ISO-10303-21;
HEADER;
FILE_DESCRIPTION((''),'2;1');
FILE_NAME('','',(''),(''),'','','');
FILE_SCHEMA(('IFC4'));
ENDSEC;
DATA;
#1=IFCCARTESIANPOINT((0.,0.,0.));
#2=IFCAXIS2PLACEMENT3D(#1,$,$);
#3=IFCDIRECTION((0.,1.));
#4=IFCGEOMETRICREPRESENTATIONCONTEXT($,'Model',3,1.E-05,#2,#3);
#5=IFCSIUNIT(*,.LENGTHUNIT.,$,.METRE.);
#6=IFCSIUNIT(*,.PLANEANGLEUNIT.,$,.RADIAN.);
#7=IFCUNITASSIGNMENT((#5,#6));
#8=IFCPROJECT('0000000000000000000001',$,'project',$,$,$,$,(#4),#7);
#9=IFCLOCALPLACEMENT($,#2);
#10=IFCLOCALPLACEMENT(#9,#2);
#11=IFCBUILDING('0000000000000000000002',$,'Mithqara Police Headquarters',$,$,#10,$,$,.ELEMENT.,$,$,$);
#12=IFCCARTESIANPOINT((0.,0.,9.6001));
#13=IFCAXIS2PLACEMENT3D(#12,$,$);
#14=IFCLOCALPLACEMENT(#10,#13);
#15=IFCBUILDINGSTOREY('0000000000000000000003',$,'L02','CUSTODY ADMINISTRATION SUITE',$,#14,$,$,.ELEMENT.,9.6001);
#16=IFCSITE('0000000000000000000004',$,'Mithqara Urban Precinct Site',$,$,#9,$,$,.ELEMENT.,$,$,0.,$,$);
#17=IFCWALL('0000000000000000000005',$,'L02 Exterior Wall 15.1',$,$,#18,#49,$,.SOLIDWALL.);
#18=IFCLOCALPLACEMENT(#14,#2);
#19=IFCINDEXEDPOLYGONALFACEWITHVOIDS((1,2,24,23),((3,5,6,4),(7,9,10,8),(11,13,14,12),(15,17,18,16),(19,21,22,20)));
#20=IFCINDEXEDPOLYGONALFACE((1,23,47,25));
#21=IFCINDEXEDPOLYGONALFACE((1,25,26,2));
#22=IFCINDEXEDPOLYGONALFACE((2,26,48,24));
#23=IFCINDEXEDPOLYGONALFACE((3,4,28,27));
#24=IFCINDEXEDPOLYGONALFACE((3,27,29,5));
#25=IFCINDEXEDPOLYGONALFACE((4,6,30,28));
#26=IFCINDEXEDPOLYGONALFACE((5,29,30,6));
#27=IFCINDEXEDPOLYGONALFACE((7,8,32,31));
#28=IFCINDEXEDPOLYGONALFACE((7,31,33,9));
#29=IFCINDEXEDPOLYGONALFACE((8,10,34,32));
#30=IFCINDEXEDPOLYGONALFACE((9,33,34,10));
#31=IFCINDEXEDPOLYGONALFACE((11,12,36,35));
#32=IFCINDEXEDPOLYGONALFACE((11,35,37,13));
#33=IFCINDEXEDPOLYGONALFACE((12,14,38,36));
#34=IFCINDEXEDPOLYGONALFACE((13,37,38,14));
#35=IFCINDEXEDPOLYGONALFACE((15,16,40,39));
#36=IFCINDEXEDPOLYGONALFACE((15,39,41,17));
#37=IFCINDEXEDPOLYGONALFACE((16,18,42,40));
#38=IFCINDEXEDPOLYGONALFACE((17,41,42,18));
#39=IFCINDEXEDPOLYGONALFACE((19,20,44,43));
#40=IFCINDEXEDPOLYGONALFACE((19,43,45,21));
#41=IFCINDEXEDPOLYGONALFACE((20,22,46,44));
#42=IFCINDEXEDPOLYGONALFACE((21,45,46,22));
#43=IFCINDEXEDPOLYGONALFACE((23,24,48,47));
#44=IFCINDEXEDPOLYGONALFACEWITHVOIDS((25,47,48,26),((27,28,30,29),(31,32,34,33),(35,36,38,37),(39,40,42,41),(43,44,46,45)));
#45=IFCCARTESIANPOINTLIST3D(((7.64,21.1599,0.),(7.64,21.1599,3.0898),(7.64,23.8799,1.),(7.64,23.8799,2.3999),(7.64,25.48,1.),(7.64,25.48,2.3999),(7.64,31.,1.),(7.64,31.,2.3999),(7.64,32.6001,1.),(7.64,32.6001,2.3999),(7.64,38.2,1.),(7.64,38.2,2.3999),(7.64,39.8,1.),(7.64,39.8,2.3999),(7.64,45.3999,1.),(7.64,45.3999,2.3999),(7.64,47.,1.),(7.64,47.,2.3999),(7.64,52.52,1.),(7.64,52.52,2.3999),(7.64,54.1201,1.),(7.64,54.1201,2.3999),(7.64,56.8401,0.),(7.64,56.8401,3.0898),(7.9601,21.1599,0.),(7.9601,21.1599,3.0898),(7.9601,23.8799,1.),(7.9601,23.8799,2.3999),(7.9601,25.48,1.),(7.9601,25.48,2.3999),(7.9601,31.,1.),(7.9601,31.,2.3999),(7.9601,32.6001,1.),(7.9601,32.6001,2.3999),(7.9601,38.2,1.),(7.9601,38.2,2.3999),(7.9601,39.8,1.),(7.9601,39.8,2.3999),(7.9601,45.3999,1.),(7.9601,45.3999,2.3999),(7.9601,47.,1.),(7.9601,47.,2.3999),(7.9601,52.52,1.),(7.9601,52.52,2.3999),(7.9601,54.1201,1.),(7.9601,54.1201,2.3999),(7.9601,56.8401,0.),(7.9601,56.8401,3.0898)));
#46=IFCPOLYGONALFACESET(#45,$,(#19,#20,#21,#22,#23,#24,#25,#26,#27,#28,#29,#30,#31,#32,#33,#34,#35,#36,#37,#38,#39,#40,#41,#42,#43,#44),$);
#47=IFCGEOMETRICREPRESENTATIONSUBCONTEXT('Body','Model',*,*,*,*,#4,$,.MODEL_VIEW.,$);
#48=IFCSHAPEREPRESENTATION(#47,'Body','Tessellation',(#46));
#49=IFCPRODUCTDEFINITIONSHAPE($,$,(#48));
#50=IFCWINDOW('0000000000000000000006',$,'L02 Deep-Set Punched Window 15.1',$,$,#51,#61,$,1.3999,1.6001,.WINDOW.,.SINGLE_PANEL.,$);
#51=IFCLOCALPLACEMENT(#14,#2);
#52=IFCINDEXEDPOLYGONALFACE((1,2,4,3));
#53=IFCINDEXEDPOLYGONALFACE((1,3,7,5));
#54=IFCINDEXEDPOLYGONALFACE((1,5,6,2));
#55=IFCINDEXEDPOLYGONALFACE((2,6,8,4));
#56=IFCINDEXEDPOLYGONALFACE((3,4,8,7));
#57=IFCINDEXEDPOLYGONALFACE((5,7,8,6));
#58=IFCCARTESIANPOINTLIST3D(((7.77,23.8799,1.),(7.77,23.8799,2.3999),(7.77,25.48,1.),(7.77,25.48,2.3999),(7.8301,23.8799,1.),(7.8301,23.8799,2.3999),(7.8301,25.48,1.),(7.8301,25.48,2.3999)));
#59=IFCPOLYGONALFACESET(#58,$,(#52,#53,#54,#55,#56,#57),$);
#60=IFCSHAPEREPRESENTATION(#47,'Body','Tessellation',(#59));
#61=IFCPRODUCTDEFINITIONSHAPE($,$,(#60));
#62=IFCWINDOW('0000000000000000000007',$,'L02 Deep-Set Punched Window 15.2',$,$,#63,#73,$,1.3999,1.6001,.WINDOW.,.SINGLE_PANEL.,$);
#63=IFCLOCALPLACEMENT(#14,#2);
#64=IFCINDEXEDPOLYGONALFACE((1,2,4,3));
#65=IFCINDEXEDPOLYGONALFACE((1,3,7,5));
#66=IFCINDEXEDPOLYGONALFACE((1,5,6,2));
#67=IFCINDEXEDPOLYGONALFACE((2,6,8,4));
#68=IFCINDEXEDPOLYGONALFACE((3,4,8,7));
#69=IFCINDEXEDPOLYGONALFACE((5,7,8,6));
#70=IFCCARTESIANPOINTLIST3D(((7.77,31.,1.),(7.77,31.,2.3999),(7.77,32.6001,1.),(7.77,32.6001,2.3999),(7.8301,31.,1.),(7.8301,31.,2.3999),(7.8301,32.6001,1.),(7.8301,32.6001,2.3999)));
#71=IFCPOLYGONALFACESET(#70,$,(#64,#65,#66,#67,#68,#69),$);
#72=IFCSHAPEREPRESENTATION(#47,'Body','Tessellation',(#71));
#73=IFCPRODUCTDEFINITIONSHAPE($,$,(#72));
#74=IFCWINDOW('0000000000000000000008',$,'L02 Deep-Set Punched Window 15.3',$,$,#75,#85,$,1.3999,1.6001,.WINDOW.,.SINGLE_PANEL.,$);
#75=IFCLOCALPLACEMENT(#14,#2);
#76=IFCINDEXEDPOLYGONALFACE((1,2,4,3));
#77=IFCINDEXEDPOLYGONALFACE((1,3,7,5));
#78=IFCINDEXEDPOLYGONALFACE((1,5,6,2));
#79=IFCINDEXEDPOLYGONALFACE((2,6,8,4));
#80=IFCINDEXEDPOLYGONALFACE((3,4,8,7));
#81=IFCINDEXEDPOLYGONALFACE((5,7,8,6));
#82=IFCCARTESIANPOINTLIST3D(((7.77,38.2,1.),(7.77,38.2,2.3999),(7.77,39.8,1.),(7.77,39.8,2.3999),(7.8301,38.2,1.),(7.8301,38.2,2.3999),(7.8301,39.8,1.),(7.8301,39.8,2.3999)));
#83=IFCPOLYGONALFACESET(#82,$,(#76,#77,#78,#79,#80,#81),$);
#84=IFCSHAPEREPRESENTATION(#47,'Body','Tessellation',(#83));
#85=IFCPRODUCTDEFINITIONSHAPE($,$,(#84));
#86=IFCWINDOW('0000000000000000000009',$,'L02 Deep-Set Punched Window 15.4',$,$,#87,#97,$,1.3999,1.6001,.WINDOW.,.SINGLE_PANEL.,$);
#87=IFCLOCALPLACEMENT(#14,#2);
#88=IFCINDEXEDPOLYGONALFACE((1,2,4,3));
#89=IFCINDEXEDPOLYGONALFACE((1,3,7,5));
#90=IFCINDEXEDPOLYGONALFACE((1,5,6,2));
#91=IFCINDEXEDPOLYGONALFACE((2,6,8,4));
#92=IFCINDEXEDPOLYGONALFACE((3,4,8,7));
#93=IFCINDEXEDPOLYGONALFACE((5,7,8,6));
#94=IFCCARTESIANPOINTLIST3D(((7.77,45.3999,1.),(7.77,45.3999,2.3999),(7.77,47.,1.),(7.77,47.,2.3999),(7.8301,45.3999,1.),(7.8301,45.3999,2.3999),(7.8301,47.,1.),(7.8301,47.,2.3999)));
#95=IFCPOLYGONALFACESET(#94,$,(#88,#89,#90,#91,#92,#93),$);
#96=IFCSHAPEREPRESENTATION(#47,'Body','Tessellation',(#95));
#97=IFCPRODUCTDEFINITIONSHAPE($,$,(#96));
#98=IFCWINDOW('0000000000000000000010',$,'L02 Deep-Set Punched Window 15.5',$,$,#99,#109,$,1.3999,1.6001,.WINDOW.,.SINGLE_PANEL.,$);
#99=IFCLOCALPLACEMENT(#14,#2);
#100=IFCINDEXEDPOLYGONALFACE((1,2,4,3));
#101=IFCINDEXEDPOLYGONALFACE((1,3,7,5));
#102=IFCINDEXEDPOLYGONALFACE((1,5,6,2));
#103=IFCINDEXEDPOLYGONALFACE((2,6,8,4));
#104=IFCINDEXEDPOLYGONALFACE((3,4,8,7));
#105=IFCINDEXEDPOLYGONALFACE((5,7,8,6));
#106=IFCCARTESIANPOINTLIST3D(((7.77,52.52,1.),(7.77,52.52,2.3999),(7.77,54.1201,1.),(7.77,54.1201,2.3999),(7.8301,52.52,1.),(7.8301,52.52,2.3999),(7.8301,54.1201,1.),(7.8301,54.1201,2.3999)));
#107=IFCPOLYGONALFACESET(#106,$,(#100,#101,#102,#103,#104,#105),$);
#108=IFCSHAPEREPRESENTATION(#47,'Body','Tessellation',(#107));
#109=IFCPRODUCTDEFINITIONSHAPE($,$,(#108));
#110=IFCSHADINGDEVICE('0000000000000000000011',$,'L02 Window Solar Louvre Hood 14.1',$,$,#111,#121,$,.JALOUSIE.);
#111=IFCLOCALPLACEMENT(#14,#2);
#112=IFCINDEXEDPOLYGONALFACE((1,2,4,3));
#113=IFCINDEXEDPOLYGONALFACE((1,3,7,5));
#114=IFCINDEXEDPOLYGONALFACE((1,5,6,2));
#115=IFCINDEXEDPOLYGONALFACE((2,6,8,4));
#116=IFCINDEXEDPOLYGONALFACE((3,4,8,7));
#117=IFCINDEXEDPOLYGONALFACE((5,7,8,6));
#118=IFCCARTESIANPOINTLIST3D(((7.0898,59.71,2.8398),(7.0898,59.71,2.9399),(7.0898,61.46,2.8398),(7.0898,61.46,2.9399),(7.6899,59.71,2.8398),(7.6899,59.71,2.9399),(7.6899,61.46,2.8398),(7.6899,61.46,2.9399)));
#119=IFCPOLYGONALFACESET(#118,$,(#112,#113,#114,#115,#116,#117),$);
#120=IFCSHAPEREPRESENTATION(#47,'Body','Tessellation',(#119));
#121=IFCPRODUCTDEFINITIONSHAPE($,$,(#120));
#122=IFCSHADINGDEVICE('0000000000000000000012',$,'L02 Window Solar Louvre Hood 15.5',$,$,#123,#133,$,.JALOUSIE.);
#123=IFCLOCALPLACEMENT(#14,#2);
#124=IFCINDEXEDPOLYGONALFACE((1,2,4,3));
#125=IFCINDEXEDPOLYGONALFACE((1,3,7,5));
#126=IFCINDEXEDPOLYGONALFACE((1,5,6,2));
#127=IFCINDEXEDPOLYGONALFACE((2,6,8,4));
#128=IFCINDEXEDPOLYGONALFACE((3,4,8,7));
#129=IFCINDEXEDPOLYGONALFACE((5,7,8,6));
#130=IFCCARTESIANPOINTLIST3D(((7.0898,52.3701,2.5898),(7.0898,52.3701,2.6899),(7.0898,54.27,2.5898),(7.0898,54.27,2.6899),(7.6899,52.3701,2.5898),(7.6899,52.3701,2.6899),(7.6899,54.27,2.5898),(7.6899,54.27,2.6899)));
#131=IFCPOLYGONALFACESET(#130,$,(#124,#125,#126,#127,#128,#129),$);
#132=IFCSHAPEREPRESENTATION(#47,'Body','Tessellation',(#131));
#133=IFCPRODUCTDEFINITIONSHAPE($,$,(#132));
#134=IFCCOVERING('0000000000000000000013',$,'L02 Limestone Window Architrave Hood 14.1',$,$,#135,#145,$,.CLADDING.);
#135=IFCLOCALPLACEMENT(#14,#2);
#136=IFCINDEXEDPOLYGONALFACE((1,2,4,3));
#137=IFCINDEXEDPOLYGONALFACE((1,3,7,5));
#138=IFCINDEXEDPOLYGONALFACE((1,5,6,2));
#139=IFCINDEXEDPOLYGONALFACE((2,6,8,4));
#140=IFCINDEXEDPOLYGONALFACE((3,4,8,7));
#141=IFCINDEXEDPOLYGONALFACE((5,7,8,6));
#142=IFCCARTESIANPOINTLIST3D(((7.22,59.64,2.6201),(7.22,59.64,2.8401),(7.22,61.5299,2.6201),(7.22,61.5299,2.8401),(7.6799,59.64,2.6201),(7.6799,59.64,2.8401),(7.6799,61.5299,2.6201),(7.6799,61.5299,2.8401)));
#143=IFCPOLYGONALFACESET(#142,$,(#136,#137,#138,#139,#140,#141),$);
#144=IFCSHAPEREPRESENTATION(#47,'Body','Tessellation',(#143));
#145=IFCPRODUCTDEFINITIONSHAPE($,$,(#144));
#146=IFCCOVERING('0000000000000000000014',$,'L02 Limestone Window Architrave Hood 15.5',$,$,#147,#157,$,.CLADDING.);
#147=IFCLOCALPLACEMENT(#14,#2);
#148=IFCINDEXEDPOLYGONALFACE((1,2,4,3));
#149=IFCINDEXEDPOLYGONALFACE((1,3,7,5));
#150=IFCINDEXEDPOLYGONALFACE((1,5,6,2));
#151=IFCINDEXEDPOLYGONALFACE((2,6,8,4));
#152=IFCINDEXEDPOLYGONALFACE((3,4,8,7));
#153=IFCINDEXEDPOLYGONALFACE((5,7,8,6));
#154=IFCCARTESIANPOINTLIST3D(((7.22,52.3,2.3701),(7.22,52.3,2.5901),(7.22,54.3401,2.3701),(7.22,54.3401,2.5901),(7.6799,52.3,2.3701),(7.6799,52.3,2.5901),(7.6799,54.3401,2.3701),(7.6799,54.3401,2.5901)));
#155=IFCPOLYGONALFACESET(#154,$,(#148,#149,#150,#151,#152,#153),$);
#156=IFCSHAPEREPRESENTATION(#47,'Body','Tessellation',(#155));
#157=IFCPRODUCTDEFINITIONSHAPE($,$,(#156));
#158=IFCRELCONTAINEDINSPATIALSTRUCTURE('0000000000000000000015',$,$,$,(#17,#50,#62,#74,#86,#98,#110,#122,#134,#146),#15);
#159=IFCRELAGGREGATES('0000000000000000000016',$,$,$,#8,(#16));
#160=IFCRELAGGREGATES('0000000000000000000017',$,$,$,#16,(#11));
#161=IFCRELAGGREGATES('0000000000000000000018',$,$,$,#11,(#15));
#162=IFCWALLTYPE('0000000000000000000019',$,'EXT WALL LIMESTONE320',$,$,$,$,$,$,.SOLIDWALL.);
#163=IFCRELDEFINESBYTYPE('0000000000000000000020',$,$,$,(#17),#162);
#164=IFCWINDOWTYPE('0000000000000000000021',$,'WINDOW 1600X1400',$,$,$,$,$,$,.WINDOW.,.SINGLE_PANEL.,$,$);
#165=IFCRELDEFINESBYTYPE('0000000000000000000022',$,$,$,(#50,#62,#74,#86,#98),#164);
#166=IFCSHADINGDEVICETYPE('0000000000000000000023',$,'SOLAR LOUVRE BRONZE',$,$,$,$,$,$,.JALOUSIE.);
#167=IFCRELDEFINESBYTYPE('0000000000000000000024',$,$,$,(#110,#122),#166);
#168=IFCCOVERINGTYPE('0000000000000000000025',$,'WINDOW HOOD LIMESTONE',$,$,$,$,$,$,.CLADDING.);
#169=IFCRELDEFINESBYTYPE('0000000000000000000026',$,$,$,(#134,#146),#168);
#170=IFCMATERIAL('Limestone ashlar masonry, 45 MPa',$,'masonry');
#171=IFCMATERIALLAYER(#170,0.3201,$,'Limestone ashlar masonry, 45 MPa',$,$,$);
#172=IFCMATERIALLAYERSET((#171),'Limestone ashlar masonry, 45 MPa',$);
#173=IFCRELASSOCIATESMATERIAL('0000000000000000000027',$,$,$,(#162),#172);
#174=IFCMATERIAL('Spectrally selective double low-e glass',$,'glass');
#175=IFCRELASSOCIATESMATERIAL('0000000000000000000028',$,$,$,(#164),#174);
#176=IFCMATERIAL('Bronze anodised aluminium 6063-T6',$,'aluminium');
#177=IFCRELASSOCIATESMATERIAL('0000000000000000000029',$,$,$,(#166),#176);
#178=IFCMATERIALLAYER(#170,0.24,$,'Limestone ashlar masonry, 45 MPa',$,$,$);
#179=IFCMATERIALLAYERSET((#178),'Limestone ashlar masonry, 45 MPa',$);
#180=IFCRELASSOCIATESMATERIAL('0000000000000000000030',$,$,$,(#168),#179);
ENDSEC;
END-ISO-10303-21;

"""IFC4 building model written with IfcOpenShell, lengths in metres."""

from ifc_helpers import new_model, si_unit, direction, frame, frame_2d, origin, origin_2d, place, context, subcontext, project, spatial, rectangle, extrude, material, layer, layer_set, type_object, element, fill, save


model = new_model("IFC4")

# Units and contexts
model_context = context("Model", 3, precision=1e-05, world=origin(), true_north=direction((0.0, 1.0)))
body_context = subcontext(model_context, "Body", "Model", "MODEL_VIEW")
ifc_project = project(units=[si_unit("LENGTHUNIT", "METRE"), si_unit("PLANEANGLEUNIT", "RADIAN")], contexts=[model_context])

# Site, building, storey
site_placement = place(None, origin())
site = spatial("IfcSite", under=ifc_project, at=site_placement, Name="Mithqara Urban Precinct Site", CompositionType="ELEMENT", RefElevation=0.0)
building_placement = place(site_placement, origin())
building = spatial("IfcBuilding", under=site, at=building_placement, Name="Mithqara Police Headquarters", CompositionType="ELEMENT")
storey_placement = place(building_placement, frame((0.0, 0.0, 9.6001)))
storey = spatial("IfcBuildingStorey", under=building, at=storey_placement, Name="L02", Description="CUSTODY ADMINISTRATION SUITE", CompositionType="ELEMENT", Elevation=9.6001)

# Shared definitions
ifc_material_1 = material(Name="Bronze anodised aluminium 6063-T6", Category="aluminium")
ifc_material_2 = material(Name="Spectrally selective double low-e glass", Category="glass")

# Wall, openings, windows
ifc_material_3 = material(Name="Limestone ashlar masonry, 45 MPa", Category="masonry")
ifc_layer_1 = layer(ifc_material_3, 0.3201, Name="Limestone ashlar masonry, 45 MPa")
ifc_layer_set_1 = layer_set([ifc_layer_1], Name="Limestone ashlar masonry, 45 MPa")
wall_type = type_object("IfcWallType", Name="EXT WALL LIMESTONE320", PredefinedType="SOLIDWALL", material=ifc_layer_set_1)
wall_placement = place(storey_placement, frame((7.8, 56.8401, 0.0), z_axis=(0.0, 0.0, 1.0), x_axis=(0.0, -1.0, 0.0)))
wall = element("IfcWall", 1, at=wall_placement, inside=storey, type_object=wall_type, Name="L02 Exterior Wall 15.1", PredefinedType="SOLIDWALL", context=body_context, shape_type="SweptSolid", body=[
    extrude(rectangle(XDim=35.6802, YDim=0.3201, at=frame_2d((17.8401, 0.0))), origin(), (0.0, 0.0, 1.0), 3.0898),
])
opening_1_placement = place(wall_placement, frame((31.3601, 0.0, 1.0)))
opening_1 = element("IfcOpeningElement", 2, at=opening_1_placement, cuts=wall, PredefinedType="OPENING", context=body_context, shape_type="SweptSolid", body=[
    extrude(rectangle(XDim=1.6001, YDim=1.3999, at=frame_2d((0.8, 0.7))), frame((0.0, 0.1699, 0.0), z_axis=(0.0, -1.0, 0.0), x_axis=(1.0, 0.0, 0.0)), (0.0, 0.0, 1.0), 0.3401),
])
opening_2_placement = place(wall_placement, frame((24.24, 0.0, 1.0)))
opening_2 = element("IfcOpeningElement", 3, at=opening_2_placement, cuts=wall, PredefinedType="OPENING", context=body_context, shape_type="SweptSolid", body=[
    extrude(rectangle(XDim=1.6001, YDim=1.3999, at=frame_2d((0.8, 0.7))), frame((0.0, 0.1699, 0.0), z_axis=(0.0, -1.0, 0.0), x_axis=(1.0, 0.0, 0.0)), (0.0, 0.0, 1.0), 0.3401),
])
opening_3_placement = place(wall_placement, frame((17.04, 0.0, 1.0)))
opening_3 = element("IfcOpeningElement", 4, at=opening_3_placement, cuts=wall, PredefinedType="OPENING", context=body_context, shape_type="SweptSolid", body=[
    extrude(rectangle(XDim=1.6001, YDim=1.3999, at=frame_2d((0.8, 0.7))), frame((0.0, 0.1699, 0.0), z_axis=(0.0, -1.0, 0.0), x_axis=(1.0, 0.0, 0.0)), (0.0, 0.0, 1.0), 0.3401),
])
opening_4_placement = place(wall_placement, frame((9.8401, 0.0, 1.0)))
opening_4 = element("IfcOpeningElement", 5, at=opening_4_placement, cuts=wall, PredefinedType="OPENING", context=body_context, shape_type="SweptSolid", body=[
    extrude(rectangle(XDim=1.6001, YDim=1.3999, at=frame_2d((0.8, 0.7))), frame((0.0, 0.1699, 0.0), z_axis=(0.0, -1.0, 0.0), x_axis=(1.0, 0.0, 0.0)), (0.0, 0.0, 1.0), 0.3401),
])
opening_5_placement = place(wall_placement, frame((2.72, 0.0, 1.0)))
opening_5 = element("IfcOpeningElement", 6, at=opening_5_placement, cuts=wall, PredefinedType="OPENING", context=body_context, shape_type="SweptSolid", body=[
    extrude(rectangle(XDim=1.6001, YDim=1.3999, at=frame_2d((0.8, 0.7))), frame((0.0, 0.1699, 0.0), z_axis=(0.0, -1.0, 0.0), x_axis=(1.0, 0.0, 0.0)), (0.0, 0.0, 1.0), 0.3401),
])
window_type = type_object("IfcWindowType", Name="WINDOW 1600X1400", PartitioningType="SINGLE_PANEL", PredefinedType="WINDOW", material=ifc_material_2)
window_1_placement = place(opening_1_placement, origin())
window_1 = element("IfcWindow", 7, at=window_1_placement, inside=storey, type_object=window_type, Name="L02 Deep-Set Punched Window 15.1", OverallHeight=1.3999, OverallWidth=1.6001, PartitioningType="SINGLE_PANEL", PredefinedType="WINDOW", context=body_context, shape_type="SweptSolid", body=[
    extrude(rectangle(XDim=1.6001, YDim=1.3999, at=frame_2d((0.8, 0.7))), frame((0.0, 0.03, 0.0), z_axis=(0.0, -1.0, 0.0), x_axis=(1.0, 0.0, 0.0)), (0.0, 0.0, 1.0), 0.0601),
])
fill(opening_1, window_1)
window_2_placement = place(opening_2_placement, origin())
window_2 = element("IfcWindow", 8, at=window_2_placement, inside=storey, type_object=window_type, Name="L02 Deep-Set Punched Window 15.2", OverallHeight=1.3999, OverallWidth=1.6001, PartitioningType="SINGLE_PANEL", PredefinedType="WINDOW", context=body_context, shape_type="SweptSolid", body=[
    extrude(rectangle(XDim=1.6001, YDim=1.3999, at=frame_2d((0.8, 0.7))), frame((0.0, 0.03, 0.0), z_axis=(0.0, -1.0, 0.0), x_axis=(1.0, 0.0, 0.0)), (0.0, 0.0, 1.0), 0.0601),
])
fill(opening_2, window_2)
window_3_placement = place(opening_3_placement, origin())
window_3 = element("IfcWindow", 9, at=window_3_placement, inside=storey, type_object=window_type, Name="L02 Deep-Set Punched Window 15.3", OverallHeight=1.3999, OverallWidth=1.6001, PartitioningType="SINGLE_PANEL", PredefinedType="WINDOW", context=body_context, shape_type="SweptSolid", body=[
    extrude(rectangle(XDim=1.6001, YDim=1.3999, at=frame_2d((0.8, 0.7))), frame((0.0, 0.03, 0.0), z_axis=(0.0, -1.0, 0.0), x_axis=(1.0, 0.0, 0.0)), (0.0, 0.0, 1.0), 0.0601),
])
fill(opening_3, window_3)
window_4_placement = place(opening_4_placement, origin())
window_4 = element("IfcWindow", 10, at=window_4_placement, inside=storey, type_object=window_type, Name="L02 Deep-Set Punched Window 15.4", OverallHeight=1.3999, OverallWidth=1.6001, PartitioningType="SINGLE_PANEL", PredefinedType="WINDOW", context=body_context, shape_type="SweptSolid", body=[
    extrude(rectangle(XDim=1.6001, YDim=1.3999, at=frame_2d((0.8, 0.7))), frame((0.0, 0.03, 0.0), z_axis=(0.0, -1.0, 0.0), x_axis=(1.0, 0.0, 0.0)), (0.0, 0.0, 1.0), 0.0601),
])
fill(opening_4, window_4)
window_5_placement = place(opening_5_placement, origin())
window_5 = element("IfcWindow", 11, at=window_5_placement, inside=storey, type_object=window_type, Name="L02 Deep-Set Punched Window 15.5", OverallHeight=1.3999, OverallWidth=1.6001, PartitioningType="SINGLE_PANEL", PredefinedType="WINDOW", context=body_context, shape_type="SweptSolid", body=[
    extrude(rectangle(XDim=1.6001, YDim=1.3999, at=frame_2d((0.8, 0.7))), frame((0.0, 0.03, 0.0), z_axis=(0.0, -1.0, 0.0), x_axis=(1.0, 0.0, 0.0)), (0.0, 0.0, 1.0), 0.0601),
])
fill(opening_5, window_5)

# Shading devices
shading_device_type = type_object("IfcShadingDeviceType", Name="SOLAR LOUVRE BRONZE", PredefinedType="JALOUSIE", material=ifc_material_1)
shading_device_1_placement = place(storey_placement, frame((7.3899, 60.585, 2.8398), z_axis=(0.0, 0.0, 1.0), x_axis=(0.0, 1.0, 0.0)))
element("IfcShadingDevice", 12, at=shading_device_1_placement, inside=storey, type_object=shading_device_type, Name="L02 Window Solar Louvre Hood 14.1", PredefinedType="JALOUSIE", context=body_context, shape_type="SweptSolid", body=[
    extrude(rectangle(XDim=1.75, YDim=0.6001, at=origin_2d()), origin(), (0.0, 0.0, 1.0), 0.1001),
])
shading_device_2_placement = place(storey_placement, frame((7.3899, 53.3201, 2.5898), z_axis=(0.0, 0.0, 1.0), x_axis=(0.0, 1.0, 0.0)))
element("IfcShadingDevice", 13, at=shading_device_2_placement, inside=storey, type_object=shading_device_type, Name="L02 Window Solar Louvre Hood 15.5", PredefinedType="JALOUSIE", context=body_context, shape_type="SweptSolid", body=[
    extrude(rectangle(XDim=1.8999, YDim=0.6001, at=origin_2d()), origin(), (0.0, 0.0, 1.0), 0.1001),
])

# Coverings
ifc_layer_2 = layer(ifc_material_3, 0.24, Name="Limestone ashlar masonry, 45 MPa")
ifc_layer_set_2 = layer_set([ifc_layer_2], Name="Limestone ashlar masonry, 45 MPa")
covering_type = type_object("IfcCoveringType", Name="WINDOW HOOD LIMESTONE", PredefinedType="CLADDING", material=ifc_layer_set_2)
covering_1_placement = place(storey_placement, frame((7.45, 60.585, 2.6201), z_axis=(0.0, 0.0, 1.0), x_axis=(0.0, 1.0, 0.0)))
element("IfcCovering", 14, at=covering_1_placement, inside=storey, type_object=covering_type, Name="L02 Limestone Window Architrave Hood 14.1", PredefinedType="CLADDING", context=body_context, shape_type="SweptSolid", body=[
    extrude(rectangle(XDim=1.8899, YDim=0.46, at=origin_2d()), origin(), (0.0, 0.0, 1.0), 0.22),
])
covering_2_placement = place(storey_placement, frame((7.45, 53.3201, 2.3701), z_axis=(0.0, 0.0, 1.0), x_axis=(0.0, 1.0, 0.0)))
element("IfcCovering", 15, at=covering_2_placement, inside=storey, type_object=covering_type, Name="L02 Limestone Window Architrave Hood 15.5", PredefinedType="CLADDING", context=body_context, shape_type="SweptSolid", body=[
    extrude(rectangle(XDim=2.04, YDim=0.46, at=origin_2d()), origin(), (0.0, 0.0, 1.0), 0.22),
])

save(model, "model.ifc")
